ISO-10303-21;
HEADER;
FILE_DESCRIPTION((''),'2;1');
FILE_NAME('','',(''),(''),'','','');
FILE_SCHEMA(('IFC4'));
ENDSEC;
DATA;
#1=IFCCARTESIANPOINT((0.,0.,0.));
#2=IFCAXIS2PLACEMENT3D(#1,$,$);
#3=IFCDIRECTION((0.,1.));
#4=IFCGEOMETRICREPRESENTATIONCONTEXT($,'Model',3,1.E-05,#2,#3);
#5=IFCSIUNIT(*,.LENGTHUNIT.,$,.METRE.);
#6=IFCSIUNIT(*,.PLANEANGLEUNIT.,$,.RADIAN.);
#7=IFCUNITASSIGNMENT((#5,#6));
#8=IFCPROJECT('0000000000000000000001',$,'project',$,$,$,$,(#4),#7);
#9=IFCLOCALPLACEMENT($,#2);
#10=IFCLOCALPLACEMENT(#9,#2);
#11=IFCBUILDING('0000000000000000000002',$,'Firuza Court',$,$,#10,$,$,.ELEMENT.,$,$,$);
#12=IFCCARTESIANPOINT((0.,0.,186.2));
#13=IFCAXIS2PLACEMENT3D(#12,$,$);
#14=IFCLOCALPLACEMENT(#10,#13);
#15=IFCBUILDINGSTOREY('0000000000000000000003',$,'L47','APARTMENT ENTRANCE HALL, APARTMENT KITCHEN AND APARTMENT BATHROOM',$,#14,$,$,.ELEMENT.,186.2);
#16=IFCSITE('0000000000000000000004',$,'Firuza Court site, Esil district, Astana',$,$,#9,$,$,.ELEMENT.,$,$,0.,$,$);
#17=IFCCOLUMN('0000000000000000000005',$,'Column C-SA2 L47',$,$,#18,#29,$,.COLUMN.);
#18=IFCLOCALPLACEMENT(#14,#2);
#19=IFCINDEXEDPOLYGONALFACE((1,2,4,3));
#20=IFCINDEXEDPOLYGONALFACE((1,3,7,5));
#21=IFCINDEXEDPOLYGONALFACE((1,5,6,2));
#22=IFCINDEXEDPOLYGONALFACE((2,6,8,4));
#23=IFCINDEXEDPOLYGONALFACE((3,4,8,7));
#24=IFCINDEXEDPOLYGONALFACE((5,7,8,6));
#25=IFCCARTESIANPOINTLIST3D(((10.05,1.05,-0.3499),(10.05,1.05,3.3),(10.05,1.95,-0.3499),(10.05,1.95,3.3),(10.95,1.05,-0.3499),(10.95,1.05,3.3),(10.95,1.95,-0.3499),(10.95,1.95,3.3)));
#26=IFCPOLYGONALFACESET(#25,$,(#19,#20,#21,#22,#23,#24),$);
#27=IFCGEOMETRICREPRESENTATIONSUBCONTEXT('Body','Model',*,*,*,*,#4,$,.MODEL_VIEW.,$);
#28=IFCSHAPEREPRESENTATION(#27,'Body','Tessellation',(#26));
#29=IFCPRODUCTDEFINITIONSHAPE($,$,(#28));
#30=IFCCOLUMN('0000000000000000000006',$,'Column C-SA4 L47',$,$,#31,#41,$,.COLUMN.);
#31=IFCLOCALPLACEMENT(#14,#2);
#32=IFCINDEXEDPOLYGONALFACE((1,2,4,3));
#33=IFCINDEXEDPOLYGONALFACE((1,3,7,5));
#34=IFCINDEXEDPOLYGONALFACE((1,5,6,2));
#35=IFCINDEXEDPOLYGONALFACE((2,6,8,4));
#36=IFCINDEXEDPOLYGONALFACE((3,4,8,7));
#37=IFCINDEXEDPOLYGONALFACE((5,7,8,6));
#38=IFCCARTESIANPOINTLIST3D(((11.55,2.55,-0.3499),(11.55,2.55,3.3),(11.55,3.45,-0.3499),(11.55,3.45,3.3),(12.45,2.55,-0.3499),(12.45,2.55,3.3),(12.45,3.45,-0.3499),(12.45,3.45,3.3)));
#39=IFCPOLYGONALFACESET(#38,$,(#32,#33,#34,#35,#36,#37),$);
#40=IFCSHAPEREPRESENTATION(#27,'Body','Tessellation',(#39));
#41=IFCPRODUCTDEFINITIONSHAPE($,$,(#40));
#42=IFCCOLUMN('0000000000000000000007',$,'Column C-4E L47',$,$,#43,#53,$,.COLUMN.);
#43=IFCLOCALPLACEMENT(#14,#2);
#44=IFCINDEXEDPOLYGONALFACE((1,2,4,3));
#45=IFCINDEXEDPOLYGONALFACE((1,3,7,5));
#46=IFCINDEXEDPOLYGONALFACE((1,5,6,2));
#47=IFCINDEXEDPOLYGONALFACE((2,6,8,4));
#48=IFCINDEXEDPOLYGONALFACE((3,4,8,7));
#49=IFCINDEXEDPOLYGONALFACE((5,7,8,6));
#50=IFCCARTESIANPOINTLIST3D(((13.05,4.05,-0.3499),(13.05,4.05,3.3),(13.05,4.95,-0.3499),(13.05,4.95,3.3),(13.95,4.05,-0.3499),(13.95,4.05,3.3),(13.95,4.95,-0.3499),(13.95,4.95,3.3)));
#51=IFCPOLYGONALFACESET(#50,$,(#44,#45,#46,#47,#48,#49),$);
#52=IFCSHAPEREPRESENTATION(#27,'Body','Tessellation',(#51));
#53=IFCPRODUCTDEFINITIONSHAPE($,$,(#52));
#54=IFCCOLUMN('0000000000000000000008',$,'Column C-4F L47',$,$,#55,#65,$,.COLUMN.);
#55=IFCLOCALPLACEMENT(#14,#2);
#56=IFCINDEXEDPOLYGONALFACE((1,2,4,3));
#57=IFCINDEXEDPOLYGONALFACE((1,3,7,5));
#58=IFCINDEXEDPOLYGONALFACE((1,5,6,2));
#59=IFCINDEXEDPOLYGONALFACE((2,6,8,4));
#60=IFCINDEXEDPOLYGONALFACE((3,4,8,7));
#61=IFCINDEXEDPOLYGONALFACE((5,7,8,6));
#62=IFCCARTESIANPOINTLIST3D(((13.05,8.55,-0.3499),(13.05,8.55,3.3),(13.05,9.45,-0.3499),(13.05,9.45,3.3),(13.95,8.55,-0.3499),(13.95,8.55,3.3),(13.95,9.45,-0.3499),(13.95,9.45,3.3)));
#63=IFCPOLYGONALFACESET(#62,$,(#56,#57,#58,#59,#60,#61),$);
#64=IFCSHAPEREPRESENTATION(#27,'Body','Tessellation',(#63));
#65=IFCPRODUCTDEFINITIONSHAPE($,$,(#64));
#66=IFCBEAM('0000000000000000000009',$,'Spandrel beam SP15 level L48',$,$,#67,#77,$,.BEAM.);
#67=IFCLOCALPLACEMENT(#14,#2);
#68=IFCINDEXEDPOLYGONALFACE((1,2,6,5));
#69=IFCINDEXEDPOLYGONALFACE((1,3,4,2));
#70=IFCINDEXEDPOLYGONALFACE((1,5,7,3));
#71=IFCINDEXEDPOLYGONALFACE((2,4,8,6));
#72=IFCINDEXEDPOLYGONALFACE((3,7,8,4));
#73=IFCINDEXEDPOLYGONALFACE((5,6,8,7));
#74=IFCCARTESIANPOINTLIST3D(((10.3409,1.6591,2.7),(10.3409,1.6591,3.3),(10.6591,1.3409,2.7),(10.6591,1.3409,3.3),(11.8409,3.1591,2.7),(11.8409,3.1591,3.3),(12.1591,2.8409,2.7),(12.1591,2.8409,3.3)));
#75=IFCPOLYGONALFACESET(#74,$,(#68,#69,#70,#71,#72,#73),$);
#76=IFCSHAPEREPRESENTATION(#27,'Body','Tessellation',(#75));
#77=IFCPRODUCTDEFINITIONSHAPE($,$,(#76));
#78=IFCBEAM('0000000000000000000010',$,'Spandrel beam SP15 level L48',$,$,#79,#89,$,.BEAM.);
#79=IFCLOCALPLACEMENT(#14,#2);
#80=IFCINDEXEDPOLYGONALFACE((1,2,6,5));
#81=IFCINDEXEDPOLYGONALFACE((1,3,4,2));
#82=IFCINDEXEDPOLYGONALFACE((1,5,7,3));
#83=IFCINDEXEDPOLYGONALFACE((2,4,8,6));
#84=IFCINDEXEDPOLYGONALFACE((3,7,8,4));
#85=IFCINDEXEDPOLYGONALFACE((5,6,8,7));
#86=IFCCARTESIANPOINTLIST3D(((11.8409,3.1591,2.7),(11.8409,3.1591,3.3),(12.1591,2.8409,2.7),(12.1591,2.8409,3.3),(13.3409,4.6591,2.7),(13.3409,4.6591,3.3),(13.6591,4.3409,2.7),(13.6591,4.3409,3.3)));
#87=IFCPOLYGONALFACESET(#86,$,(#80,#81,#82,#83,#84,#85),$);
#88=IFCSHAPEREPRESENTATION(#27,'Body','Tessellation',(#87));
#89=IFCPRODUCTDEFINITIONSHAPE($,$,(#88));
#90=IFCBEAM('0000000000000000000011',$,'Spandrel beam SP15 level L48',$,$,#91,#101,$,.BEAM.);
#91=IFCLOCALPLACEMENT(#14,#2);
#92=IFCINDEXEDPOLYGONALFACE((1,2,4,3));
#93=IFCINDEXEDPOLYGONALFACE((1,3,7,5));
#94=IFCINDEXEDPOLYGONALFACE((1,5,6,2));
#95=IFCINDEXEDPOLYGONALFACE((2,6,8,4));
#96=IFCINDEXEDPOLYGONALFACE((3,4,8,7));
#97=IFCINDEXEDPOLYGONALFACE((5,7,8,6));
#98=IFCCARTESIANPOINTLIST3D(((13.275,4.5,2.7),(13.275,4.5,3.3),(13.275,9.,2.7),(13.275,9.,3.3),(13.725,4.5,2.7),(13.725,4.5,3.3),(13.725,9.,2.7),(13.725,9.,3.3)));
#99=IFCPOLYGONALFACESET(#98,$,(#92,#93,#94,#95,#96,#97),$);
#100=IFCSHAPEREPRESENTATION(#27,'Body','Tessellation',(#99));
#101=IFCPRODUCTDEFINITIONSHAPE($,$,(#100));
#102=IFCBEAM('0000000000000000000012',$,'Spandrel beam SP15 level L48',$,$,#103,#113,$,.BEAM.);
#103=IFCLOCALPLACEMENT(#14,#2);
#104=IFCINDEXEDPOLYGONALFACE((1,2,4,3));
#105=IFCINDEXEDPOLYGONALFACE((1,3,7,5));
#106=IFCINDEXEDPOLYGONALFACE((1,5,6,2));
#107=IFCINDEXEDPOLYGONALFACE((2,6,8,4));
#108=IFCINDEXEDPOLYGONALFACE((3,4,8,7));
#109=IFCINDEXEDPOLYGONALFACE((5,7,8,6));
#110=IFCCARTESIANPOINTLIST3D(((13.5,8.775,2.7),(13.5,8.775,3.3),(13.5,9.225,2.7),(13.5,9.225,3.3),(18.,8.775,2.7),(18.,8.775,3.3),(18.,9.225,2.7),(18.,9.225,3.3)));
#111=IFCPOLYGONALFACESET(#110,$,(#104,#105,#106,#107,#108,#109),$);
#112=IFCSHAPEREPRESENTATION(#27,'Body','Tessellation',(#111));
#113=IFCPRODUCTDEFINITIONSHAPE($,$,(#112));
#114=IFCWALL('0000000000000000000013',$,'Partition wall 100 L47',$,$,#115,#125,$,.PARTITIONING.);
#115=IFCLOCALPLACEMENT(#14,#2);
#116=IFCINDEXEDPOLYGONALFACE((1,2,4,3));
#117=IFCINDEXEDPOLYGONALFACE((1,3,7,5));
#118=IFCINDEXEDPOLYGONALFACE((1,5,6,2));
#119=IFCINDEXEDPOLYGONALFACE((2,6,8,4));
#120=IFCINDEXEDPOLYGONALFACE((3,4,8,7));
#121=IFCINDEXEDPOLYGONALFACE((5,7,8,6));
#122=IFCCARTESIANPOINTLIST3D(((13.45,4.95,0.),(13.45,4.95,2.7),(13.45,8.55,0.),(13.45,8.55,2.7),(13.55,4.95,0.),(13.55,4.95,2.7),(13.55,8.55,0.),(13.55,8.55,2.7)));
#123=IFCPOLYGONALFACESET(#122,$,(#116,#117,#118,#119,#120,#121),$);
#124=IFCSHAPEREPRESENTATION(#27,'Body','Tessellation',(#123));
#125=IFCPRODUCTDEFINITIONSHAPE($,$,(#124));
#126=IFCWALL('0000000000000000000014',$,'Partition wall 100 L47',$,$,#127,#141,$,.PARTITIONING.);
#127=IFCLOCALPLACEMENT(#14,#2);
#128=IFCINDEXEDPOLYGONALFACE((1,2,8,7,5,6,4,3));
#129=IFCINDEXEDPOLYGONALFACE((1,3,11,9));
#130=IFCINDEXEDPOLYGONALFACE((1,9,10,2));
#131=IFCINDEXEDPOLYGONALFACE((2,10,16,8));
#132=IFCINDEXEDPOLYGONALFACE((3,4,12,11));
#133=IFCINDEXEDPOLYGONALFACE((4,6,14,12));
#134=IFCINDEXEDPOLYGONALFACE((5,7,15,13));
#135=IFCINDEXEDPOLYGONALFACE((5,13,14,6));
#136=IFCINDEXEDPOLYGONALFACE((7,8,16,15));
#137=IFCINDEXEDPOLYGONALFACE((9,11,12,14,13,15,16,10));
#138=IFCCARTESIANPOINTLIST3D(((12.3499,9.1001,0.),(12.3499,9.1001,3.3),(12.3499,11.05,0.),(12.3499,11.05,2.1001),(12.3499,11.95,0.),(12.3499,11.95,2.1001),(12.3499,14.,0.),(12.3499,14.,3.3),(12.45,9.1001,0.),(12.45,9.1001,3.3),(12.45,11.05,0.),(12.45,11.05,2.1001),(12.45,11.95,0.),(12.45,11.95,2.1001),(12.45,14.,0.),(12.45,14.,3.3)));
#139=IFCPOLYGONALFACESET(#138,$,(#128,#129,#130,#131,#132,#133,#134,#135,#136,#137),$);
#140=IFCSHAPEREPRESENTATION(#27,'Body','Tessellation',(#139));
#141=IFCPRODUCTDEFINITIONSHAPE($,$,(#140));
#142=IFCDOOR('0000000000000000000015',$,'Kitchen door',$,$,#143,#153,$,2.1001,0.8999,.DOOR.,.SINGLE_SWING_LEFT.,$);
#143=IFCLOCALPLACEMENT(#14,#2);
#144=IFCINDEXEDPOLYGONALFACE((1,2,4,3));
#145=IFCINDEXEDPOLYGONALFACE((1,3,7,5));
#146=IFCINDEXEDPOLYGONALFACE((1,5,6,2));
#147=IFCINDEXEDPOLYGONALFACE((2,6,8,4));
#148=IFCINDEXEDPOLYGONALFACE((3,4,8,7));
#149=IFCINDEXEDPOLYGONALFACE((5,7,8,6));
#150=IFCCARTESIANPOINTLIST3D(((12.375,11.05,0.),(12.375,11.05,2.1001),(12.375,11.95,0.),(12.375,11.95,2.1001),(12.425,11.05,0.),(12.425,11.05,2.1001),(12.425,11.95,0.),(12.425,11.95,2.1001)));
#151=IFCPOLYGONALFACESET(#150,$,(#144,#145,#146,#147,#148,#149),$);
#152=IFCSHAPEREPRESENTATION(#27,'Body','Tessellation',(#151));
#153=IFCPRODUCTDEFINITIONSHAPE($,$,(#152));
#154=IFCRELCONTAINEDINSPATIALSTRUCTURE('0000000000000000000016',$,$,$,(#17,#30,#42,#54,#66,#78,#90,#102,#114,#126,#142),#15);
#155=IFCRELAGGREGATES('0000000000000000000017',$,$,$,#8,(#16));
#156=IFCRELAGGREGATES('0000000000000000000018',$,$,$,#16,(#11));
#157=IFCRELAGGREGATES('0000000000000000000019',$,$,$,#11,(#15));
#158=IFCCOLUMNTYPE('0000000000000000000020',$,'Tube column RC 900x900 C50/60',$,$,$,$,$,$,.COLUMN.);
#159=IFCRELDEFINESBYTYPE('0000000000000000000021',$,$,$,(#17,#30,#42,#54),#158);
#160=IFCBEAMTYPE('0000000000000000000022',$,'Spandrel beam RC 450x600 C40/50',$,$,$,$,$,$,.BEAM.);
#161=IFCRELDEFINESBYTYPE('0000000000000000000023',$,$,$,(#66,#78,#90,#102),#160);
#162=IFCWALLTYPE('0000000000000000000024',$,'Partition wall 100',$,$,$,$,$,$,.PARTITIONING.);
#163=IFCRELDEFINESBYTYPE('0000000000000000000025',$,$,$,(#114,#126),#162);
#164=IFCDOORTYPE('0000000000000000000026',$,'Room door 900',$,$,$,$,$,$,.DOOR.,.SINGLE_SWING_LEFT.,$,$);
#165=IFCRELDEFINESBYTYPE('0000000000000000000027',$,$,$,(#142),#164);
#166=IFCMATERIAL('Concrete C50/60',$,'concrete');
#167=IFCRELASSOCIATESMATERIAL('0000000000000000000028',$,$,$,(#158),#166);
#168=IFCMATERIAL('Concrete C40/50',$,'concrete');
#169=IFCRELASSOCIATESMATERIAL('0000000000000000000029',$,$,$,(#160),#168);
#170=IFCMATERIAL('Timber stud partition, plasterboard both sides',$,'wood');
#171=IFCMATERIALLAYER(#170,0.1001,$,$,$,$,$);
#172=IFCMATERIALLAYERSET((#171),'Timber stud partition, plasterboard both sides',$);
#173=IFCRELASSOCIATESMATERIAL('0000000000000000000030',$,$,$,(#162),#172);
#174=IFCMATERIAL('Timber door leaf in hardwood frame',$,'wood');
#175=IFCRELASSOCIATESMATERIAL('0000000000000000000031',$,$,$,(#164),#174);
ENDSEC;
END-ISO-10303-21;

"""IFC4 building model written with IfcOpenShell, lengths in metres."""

from ifc_helpers import new_model, si_unit, direction, frame, frame_2d, origin, origin_2d, place, context, subcontext, project, spatial, rectangle, extrude, material, layer, layer_set, material_profile, profile_set, type_object, element, fill, save


model = new_model("IFC4")

# Units and contexts
model_context = context("Model", 3, precision=1e-05, world=origin(), true_north=direction((0.0, 1.0)))
body_context = subcontext(model_context, "Body", "Model", "MODEL_VIEW")
ifc_project = project(units=[si_unit("LENGTHUNIT", "METRE"), si_unit("PLANEANGLEUNIT", "RADIAN")], contexts=[model_context])

# Site, building, storey
site_placement = place(None, origin())
site = spatial("IfcSite", under=ifc_project, at=site_placement, Name="Firuza Court site, Esil district, Astana", CompositionType="ELEMENT", RefElevation=0.0)
building_placement = place(site_placement, origin())
building = spatial("IfcBuilding", under=site, at=building_placement, Name="Firuza Court", CompositionType="ELEMENT")
storey_placement = place(building_placement, frame((0.0, 0.0, 186.2)))
storey = spatial("IfcBuildingStorey", under=building, at=storey_placement, Name="L47", Description="APARTMENT ENTRANCE HALL, APARTMENT KITCHEN AND APARTMENT BATHROOM", CompositionType="ELEMENT", Elevation=186.2)

# Columns
ifc_material_1 = material(Name="Concrete C50/60", Category="concrete")
ifc_material_profile_1 = material_profile(ifc_material_1, rectangle(XDim=0.8999, YDim=0.8999, at=origin_2d()), Name="RC 900x900")
ifc_profile_set_1 = profile_set([ifc_material_profile_1], Name="Concrete C50/60")
column_type = type_object("IfcColumnType", Name="Tube column RC 900x900 C50/60", PredefinedType="COLUMN", material=ifc_profile_set_1)
for number, where, z_axis, x_axis, name in (
    (1, (10.5, 1.5, -0.3499), (0.0, 0.0, 1.0), (1.0, 0.0, 0.0), "Column C-SA2 L47"),
    (2, (12.0, 3.0, -0.3499), (0.0, 0.0, 1.0), (1.0, 0.0, 0.0), "Column C-SA4 L47"),
    (3, (13.5, 4.5, -0.3499), (0.0, 0.0, 1.0), (1.0, 0.0, 0.0), "Column C-4E L47"),
    (4, (13.5, 9.0, -0.3499), (0.0, 0.0, 1.0), (1.0, 0.0, 0.0), "Column C-4F L47"),
):
    element("IfcColumn", number, at=place(storey_placement, frame(where, z_axis=z_axis, x_axis=x_axis)), inside=storey, type_object=column_type, Name=name, PredefinedType="COLUMN", context=body_context, shape_type="SweptSolid", body=[
        extrude(rectangle(XDim=0.8999, YDim=0.8999, at=origin_2d()), origin(), (0.0, 0.0, 1.0), 3.6499),
    ])

# Beams
ifc_material_2 = material(Name="Concrete C40/50", Category="concrete")
ifc_material_profile_2 = material_profile(ifc_material_2, rectangle(XDim=0.45, YDim=0.6001, at=origin_2d()), Name="RC 450x600")
ifc_profile_set_2 = profile_set([ifc_material_profile_2], Name="Concrete C40/50")
beam_type = type_object("IfcBeamType", Name="Spandrel beam RC 450x600 C40/50", PredefinedType="BEAM", material=ifc_profile_set_2)
for number, where, z_axis, x_axis, name in (
    (5, (10.5, 1.5, 3.0), (0.707107, 0.707107, 0.0), (-0.707107, 0.707107, 0.0), "Spandrel beam SP15 level L48"),
    (6, (12.0, 3.0, 3.0), (0.707107, 0.707107, 0.0), (-0.707107, 0.707107, 0.0), "Spandrel beam SP15 level L48"),
):
    element("IfcBeam", number, at=place(storey_placement, frame(where, z_axis=z_axis, x_axis=x_axis)), inside=storey, type_object=beam_type, Name=name, PredefinedType="BEAM", context=body_context, shape_type="SweptSolid", body=[
        extrude(rectangle(XDim=0.45, YDim=0.6001, at=origin_2d()), origin(), (0.0, 0.0, 1.0), 2.1213),
    ])
for number, where, z_axis, x_axis, name in (
    (7, (13.5, 4.5, 3.0), (0.0, 1.0, 0.0), (-1.0, 0.0, 0.0), "Spandrel beam SP15 level L48"),
    (8, (13.5, 9.0, 3.0), (1.0, 0.0, 0.0), (0.0, 1.0, 0.0), "Spandrel beam SP15 level L48"),
):
    element("IfcBeam", number, at=place(storey_placement, frame(where, z_axis=z_axis, x_axis=x_axis)), inside=storey, type_object=beam_type, Name=name, PredefinedType="BEAM", context=body_context, shape_type="SweptSolid", body=[
        extrude(rectangle(XDim=0.45, YDim=0.6001, at=origin_2d()), origin(), (0.0, 0.0, 1.0), 4.5),
    ])

# Wall
ifc_material_3 = material(Name="Timber stud partition, plasterboard both sides", Category="wood")
ifc_layer_1 = layer(ifc_material_3, 0.1001)
ifc_layer_set_1 = layer_set([ifc_layer_1], Name="Timber stud partition, plasterboard both sides")
wall_type_1 = type_object("IfcWallType", Name="Partition wall 100", PredefinedType="PARTITIONING", material=ifc_layer_set_1)
wall_1_placement = place(storey_placement, frame((13.5, 4.95, 0.0), z_axis=(0.0, 0.0, 1.0), x_axis=(0.0, 1.0, 0.0)))
element("IfcWall", 9, at=wall_1_placement, inside=storey, type_object=wall_type_1, Name="Partition wall 100 L47", PredefinedType="PARTITIONING", context=body_context, shape_type="SweptSolid", body=[
    extrude(rectangle(XDim=3.6001, YDim=0.1001, at=frame_2d((1.8, 0.0))), origin(), (0.0, 0.0, 1.0), 2.7),
])

# Wall, opening, door
wall_2_placement = place(storey_placement, frame((12.3999, 9.1001, 0.0), z_axis=(0.0, 0.0, 1.0), x_axis=(0.0, 1.0, 0.0)))
wall_2 = element("IfcWall", 10, at=wall_2_placement, inside=storey, type_object=wall_type_1, Name="Partition wall 100 L47", PredefinedType="PARTITIONING", context=body_context, shape_type="SweptSolid", body=[
    extrude(rectangle(XDim=4.8999, YDim=0.1001, at=frame_2d((2.45, 0.0))), origin(), (0.0, 0.0, 1.0), 3.3),
])
opening_1_placement = place(wall_2_placement, frame((1.95, 0.0, 0.0)))
opening_1 = element("IfcOpeningElement", 11, at=opening_1_placement, cuts=wall_2, PredefinedType="OPENING", context=body_context, shape_type="SweptSolid", body=[
    extrude(rectangle(XDim=0.8999, YDim=2.1001, at=frame_2d((0.45, 1.05))), frame((0.0, 0.062, 0.0), z_axis=(0.0, -1.0, 0.0), x_axis=(1.0, 0.0, 0.0)), (0.0, 0.0, 1.0), 0.124),
])
ifc_material_4 = material(Name="Timber door leaf in hardwood frame", Category="wood")
door_type_1 = type_object("IfcDoorType", Name="Room door 900", OperationType="SINGLE_SWING_LEFT", PredefinedType="DOOR", material=ifc_material_4)
door_1_placement = place(opening_1_placement, origin())
door_1 = element("IfcDoor", 12, at=door_1_placement, inside=storey, type_object=door_type_1, Name="Kitchen door", OperationType="SINGLE_SWING_LEFT", OverallHeight=2.1001, OverallWidth=0.8999, PredefinedType="DOOR", context=body_context, shape_type="SweptSolid", body=[
    extrude(rectangle(XDim=0.8999, YDim=2.1001, at=frame_2d((0.45, 1.05))), frame((0.0, 0.0249, 0.0), z_axis=(0.0, -1.0, 0.0), x_axis=(1.0, 0.0, 0.0)), (0.0, 0.0, 1.0), 0.05),
])
fill(opening_1, door_1)

save(model, "model.ifc")
